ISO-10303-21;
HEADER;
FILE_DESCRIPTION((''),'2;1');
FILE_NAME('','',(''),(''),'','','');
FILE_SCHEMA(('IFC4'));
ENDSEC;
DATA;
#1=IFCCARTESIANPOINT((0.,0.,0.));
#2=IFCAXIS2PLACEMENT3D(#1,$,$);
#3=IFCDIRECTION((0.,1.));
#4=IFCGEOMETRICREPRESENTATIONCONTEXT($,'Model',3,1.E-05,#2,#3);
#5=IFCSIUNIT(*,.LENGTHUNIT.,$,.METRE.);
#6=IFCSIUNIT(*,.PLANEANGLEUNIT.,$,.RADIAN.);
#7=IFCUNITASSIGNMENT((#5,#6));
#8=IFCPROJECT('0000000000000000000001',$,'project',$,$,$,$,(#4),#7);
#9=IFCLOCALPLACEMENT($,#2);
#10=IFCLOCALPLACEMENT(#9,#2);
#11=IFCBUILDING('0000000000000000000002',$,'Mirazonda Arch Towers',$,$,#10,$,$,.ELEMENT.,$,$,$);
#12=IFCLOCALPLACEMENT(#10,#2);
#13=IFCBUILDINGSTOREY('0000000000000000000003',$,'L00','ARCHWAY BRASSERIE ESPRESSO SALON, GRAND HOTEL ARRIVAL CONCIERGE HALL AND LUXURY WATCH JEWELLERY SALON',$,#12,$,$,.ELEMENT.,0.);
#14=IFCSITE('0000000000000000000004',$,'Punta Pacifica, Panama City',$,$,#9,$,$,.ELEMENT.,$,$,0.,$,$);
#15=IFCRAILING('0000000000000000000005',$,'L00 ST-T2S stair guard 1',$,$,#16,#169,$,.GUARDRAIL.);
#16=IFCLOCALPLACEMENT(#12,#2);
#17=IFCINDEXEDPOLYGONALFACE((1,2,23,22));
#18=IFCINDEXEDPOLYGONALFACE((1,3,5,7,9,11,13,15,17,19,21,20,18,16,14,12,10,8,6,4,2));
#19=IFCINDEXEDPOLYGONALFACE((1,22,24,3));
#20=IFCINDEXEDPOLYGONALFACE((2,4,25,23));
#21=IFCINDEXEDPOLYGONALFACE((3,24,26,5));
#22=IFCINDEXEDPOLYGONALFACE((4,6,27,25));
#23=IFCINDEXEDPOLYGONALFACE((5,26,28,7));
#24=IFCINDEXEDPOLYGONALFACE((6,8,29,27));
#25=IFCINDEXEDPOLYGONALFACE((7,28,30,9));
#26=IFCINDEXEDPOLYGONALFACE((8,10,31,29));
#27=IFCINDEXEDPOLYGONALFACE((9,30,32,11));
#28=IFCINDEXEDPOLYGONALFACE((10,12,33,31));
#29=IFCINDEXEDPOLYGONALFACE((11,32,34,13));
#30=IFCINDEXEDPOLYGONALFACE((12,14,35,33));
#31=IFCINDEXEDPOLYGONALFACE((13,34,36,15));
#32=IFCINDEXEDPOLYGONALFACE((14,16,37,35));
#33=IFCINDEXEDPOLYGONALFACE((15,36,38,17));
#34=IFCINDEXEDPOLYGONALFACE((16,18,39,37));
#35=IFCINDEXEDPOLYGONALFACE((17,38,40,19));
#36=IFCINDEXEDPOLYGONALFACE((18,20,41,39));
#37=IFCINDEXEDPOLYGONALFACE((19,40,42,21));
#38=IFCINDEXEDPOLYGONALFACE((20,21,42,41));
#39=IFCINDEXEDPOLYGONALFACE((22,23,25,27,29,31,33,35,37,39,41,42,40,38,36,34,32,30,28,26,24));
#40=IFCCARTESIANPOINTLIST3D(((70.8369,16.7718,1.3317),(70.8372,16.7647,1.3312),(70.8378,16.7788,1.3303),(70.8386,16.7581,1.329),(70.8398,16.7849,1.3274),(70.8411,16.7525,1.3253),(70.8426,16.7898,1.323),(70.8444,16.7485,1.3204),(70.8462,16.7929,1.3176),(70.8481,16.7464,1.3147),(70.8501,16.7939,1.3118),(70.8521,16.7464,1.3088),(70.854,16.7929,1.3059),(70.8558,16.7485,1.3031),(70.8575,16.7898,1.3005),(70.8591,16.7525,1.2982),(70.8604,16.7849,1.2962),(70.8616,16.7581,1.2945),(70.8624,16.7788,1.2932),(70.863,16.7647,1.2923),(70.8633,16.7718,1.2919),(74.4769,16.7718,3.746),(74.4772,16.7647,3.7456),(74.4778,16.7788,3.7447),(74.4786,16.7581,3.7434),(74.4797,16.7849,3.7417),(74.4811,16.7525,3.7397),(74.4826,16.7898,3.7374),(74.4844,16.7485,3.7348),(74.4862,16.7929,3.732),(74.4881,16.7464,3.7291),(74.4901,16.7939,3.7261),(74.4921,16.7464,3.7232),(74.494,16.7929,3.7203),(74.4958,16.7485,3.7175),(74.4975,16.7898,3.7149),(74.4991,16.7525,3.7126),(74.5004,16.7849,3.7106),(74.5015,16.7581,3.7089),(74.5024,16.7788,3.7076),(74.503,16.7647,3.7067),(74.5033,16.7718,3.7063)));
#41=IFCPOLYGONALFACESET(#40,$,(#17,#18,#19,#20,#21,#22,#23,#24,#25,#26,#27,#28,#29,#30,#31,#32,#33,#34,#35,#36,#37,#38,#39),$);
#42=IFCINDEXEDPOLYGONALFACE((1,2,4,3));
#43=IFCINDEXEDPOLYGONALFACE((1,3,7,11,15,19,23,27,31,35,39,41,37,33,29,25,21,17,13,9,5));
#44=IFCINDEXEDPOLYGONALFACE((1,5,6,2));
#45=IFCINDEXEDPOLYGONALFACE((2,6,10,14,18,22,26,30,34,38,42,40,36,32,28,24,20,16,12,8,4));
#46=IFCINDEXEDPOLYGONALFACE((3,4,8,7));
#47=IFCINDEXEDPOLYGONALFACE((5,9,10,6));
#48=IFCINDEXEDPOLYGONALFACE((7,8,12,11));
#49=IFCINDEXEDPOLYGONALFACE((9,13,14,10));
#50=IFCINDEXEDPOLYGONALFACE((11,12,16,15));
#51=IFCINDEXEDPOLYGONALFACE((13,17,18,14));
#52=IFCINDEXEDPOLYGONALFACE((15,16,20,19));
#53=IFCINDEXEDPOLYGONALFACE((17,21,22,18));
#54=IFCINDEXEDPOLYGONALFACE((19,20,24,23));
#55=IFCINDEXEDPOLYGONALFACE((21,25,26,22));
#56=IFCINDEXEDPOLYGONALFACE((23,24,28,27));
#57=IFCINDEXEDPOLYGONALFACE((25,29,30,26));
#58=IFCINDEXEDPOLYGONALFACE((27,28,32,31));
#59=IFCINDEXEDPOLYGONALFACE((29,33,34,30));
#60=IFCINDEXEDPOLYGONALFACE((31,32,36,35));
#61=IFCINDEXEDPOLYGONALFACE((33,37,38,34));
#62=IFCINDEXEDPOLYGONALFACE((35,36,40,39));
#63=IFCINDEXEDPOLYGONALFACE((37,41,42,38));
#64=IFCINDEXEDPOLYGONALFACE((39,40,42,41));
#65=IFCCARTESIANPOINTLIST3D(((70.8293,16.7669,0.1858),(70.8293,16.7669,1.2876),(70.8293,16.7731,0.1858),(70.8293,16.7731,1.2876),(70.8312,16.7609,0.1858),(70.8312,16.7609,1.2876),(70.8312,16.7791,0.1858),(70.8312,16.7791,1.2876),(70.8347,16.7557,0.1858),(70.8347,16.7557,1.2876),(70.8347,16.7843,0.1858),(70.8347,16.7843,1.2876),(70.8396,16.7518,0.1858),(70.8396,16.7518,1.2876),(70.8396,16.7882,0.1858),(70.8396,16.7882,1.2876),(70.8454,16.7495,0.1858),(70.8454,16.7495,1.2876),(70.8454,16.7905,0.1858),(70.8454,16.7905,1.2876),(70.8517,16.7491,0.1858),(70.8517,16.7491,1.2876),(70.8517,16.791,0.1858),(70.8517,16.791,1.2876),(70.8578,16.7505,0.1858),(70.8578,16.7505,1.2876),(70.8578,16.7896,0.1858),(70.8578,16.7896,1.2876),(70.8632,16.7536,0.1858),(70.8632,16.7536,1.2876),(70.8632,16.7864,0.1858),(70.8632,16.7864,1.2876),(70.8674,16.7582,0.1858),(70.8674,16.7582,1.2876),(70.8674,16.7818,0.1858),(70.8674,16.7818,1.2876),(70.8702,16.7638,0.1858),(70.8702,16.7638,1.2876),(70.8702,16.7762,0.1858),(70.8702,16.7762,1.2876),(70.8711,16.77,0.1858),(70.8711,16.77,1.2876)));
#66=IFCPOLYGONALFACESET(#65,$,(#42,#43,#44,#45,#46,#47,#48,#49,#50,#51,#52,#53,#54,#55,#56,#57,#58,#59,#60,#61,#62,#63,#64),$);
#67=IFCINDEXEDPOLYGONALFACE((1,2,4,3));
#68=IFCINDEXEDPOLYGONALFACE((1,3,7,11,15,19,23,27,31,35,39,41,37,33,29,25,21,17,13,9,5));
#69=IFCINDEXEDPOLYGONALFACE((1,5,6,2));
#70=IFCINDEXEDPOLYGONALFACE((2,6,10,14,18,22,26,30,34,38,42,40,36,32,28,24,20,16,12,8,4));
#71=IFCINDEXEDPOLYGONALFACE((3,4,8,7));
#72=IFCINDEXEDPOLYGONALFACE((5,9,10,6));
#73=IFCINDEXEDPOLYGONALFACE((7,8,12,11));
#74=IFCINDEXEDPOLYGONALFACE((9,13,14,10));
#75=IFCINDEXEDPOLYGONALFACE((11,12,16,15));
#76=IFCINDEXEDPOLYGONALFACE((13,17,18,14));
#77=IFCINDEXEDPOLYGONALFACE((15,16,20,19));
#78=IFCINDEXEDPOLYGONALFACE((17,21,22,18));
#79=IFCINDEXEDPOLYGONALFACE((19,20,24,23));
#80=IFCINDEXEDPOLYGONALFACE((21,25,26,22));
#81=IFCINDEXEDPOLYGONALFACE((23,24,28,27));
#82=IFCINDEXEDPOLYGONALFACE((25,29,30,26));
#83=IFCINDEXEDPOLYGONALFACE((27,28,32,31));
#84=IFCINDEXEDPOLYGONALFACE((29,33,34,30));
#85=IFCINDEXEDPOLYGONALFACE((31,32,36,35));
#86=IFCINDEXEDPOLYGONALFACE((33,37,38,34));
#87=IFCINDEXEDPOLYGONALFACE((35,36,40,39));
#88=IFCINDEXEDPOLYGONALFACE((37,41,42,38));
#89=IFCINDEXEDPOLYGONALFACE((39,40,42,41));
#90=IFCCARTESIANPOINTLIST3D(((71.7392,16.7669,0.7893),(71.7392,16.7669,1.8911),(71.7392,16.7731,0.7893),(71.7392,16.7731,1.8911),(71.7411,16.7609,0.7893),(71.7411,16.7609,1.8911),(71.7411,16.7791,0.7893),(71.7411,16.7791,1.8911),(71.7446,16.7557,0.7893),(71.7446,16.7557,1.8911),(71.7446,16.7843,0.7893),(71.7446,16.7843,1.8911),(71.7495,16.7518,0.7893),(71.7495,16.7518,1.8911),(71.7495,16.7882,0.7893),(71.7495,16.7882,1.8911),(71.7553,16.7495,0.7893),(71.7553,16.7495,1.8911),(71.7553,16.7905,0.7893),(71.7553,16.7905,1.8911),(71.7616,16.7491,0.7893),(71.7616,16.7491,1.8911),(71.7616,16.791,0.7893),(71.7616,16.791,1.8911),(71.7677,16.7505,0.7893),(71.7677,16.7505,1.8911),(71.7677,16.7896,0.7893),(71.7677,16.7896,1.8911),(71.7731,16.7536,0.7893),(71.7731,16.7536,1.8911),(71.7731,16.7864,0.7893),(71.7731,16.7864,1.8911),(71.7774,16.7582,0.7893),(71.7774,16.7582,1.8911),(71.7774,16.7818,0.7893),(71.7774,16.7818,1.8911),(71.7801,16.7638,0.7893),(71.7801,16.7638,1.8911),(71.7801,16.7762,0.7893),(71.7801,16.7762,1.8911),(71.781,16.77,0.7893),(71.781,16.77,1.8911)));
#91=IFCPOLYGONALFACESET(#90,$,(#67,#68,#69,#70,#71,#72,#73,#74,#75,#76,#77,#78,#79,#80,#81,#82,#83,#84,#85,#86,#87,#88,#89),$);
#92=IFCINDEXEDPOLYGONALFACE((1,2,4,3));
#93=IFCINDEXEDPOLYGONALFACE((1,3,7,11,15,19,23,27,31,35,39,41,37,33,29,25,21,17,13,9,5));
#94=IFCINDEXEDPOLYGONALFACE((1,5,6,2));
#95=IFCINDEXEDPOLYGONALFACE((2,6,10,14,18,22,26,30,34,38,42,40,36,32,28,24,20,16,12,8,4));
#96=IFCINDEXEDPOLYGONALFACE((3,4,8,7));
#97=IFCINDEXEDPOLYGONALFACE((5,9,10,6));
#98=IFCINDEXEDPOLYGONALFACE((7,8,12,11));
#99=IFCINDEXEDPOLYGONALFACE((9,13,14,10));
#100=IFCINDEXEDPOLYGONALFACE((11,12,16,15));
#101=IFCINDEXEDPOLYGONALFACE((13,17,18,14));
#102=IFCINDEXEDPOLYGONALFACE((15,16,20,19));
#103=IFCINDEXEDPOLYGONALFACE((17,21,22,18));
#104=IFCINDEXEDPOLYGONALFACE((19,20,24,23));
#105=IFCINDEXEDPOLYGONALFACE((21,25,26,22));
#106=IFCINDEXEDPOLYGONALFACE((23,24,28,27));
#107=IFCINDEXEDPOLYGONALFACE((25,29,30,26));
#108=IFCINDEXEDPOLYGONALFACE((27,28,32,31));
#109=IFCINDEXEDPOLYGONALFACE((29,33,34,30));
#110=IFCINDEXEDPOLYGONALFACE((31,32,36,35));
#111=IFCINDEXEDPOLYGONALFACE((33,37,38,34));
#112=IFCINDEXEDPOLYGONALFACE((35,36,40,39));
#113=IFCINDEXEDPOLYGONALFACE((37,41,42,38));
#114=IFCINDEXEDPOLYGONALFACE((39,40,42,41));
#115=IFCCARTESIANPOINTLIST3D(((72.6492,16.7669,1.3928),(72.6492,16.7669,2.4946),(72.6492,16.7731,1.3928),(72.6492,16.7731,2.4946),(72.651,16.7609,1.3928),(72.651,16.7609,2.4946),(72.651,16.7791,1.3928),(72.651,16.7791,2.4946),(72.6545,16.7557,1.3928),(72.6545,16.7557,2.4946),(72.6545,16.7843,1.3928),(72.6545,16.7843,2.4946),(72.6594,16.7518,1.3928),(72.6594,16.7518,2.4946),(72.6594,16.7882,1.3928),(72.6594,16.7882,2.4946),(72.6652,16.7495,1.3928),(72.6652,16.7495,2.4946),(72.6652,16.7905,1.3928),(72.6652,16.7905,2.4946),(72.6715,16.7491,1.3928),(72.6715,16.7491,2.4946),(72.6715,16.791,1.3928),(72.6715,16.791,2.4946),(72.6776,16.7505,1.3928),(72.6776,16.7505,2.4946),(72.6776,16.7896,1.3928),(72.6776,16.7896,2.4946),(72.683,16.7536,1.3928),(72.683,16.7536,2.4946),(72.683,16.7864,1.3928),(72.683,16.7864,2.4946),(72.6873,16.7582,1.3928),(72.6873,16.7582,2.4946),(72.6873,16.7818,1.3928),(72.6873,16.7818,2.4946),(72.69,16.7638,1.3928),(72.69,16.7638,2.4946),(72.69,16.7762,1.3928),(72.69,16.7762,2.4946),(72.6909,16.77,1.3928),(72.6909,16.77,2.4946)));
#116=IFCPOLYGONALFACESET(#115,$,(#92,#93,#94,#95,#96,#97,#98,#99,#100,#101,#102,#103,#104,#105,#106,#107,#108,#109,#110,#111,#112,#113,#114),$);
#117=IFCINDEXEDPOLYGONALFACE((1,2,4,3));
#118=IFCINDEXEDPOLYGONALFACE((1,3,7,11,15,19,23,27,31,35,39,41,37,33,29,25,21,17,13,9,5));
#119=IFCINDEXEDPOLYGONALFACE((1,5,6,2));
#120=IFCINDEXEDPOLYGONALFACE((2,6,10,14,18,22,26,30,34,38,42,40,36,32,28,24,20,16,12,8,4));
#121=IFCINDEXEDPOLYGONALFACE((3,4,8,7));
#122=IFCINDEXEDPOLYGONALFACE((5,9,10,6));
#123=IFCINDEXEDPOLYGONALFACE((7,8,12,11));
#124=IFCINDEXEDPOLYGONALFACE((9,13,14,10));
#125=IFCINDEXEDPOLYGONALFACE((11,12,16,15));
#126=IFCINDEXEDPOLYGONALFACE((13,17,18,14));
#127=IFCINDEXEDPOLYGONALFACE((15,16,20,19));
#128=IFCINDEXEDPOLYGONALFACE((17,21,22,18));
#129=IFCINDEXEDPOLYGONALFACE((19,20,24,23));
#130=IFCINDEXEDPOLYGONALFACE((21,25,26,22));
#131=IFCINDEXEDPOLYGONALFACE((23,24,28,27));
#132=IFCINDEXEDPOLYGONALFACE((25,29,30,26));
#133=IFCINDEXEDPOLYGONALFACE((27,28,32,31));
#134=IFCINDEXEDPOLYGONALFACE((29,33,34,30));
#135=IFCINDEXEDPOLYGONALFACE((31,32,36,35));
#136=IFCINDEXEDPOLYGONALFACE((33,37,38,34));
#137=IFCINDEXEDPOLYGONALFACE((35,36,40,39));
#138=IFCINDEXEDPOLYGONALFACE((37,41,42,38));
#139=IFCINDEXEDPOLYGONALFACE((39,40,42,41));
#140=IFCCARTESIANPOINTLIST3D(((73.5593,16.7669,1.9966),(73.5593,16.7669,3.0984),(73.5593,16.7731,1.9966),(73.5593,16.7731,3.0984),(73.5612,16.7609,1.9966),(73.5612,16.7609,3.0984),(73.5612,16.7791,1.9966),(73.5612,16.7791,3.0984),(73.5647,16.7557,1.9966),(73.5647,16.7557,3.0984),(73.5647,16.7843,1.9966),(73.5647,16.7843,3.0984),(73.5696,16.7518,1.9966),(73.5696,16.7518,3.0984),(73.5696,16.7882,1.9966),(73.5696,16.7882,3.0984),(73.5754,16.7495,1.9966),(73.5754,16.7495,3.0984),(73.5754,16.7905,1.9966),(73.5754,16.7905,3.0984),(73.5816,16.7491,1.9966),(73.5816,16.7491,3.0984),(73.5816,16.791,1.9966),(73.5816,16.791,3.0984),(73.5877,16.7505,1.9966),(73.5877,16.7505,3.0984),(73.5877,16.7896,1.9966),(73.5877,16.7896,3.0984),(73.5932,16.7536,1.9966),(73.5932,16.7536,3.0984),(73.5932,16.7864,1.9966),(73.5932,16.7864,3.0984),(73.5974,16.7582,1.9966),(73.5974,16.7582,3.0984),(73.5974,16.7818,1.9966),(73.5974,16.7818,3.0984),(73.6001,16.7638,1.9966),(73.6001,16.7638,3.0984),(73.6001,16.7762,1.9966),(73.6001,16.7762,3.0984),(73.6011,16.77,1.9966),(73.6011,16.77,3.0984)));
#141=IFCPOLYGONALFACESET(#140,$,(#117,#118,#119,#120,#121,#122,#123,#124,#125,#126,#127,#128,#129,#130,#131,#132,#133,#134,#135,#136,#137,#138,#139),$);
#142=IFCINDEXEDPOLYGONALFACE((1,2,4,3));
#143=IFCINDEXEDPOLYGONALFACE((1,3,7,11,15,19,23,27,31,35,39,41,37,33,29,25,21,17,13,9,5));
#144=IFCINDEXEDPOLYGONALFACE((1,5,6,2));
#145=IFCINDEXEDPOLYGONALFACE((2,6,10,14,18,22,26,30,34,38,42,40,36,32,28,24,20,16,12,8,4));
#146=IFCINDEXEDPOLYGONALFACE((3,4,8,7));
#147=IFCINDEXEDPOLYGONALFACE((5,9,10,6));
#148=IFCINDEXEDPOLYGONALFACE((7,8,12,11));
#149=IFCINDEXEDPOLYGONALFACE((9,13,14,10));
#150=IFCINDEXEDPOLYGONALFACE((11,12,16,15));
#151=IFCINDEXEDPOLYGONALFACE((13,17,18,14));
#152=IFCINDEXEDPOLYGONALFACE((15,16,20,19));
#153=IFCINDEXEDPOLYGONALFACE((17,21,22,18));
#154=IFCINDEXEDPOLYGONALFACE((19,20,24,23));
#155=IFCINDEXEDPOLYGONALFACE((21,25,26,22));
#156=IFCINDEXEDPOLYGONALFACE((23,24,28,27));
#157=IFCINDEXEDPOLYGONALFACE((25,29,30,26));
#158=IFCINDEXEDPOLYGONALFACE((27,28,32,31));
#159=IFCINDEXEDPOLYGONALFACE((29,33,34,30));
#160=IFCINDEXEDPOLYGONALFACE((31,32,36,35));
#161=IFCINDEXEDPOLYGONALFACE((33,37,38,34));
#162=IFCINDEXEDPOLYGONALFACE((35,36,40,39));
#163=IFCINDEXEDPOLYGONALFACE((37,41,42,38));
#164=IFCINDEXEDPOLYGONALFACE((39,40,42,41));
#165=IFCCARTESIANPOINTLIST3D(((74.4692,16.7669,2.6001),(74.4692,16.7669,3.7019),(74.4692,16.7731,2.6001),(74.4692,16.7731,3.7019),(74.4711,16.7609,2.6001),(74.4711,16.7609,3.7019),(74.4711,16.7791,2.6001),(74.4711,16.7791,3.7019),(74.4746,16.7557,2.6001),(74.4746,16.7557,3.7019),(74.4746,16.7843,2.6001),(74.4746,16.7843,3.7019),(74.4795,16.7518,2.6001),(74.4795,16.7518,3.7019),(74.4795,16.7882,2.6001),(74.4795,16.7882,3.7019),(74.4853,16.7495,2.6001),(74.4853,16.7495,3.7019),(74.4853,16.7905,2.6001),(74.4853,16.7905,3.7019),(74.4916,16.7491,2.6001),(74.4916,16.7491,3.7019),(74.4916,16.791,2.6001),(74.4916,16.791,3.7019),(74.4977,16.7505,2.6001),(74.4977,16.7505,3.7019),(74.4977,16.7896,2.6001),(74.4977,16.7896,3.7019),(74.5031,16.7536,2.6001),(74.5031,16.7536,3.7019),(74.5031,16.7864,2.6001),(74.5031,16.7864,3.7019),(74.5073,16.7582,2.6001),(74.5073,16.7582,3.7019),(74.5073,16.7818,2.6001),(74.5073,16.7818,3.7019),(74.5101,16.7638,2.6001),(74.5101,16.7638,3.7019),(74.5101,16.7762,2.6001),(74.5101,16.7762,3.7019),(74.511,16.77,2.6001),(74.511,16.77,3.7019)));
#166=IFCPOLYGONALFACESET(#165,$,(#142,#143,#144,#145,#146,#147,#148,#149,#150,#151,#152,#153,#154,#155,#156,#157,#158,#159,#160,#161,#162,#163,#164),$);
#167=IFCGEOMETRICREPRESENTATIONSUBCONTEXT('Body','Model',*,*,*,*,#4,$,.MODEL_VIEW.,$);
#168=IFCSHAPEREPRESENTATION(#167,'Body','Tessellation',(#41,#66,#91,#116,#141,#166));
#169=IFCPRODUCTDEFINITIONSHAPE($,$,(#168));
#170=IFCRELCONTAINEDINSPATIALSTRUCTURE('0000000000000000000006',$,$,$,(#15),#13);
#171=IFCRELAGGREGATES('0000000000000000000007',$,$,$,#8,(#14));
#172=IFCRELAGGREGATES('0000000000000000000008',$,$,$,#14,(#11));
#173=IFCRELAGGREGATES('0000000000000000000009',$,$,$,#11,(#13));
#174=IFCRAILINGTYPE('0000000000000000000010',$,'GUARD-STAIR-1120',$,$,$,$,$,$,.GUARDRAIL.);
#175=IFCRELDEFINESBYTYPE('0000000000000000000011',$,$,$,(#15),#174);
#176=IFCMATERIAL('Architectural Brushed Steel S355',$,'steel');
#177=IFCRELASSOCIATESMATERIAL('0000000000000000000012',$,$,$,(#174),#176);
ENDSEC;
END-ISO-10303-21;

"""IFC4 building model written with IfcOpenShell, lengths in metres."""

from ifc_helpers import new_model, si_unit, direction, frame, origin, origin_2d, place, context, subcontext, project, spatial, circle, extrude, material, type_object, element, save


model = new_model("IFC4")

# Units and contexts
model_context = context("Model", 3, precision=1e-05, world=origin(), true_north=direction((0.0, 1.0)))
body_context = subcontext(model_context, "Body", "Model", "MODEL_VIEW")
ifc_project = project(units=[si_unit("LENGTHUNIT", "METRE"), si_unit("PLANEANGLEUNIT", "RADIAN")], contexts=[model_context])

# Site, building, storey
site_placement = place(None, origin())
site = spatial("IfcSite", under=ifc_project, at=site_placement, Name="Punta Pacifica, Panama City", CompositionType="ELEMENT", RefElevation=0.0)
building_placement = place(site_placement, origin())
building = spatial("IfcBuilding", under=site, at=building_placement, Name="Mirazonda Arch Towers", CompositionType="ELEMENT")
storey_placement = place(building_placement, origin())
storey = spatial("IfcBuildingStorey", under=building, at=storey_placement, Name="L00", Description="ARCHWAY BRASSERIE ESPRESSO SALON, GRAND HOTEL ARRIVAL CONCIERGE HALL AND LUXURY WATCH JEWELLERY SALON", CompositionType="ELEMENT", Elevation=0.0)

# Shared definitions
ifc_material_1 = material(Name="Architectural Brushed Steel S355", Category="steel")

# Railing
railing_type_1 = type_object("IfcRailingType", Name="GUARD-STAIR-1120", PredefinedType="GUARDRAIL", material=ifc_material_1)
railing_1_placement = place(storey_placement, frame((70.8501, 16.77, 0.1858)))
element("IfcRailing", 1, at=railing_1_placement, inside=storey, type_object=railing_type_1, Name="L00 ST-T2S stair guard 1", PredefinedType="GUARDRAIL", context=body_context, shape_type="SweptSolid", body=[
    extrude(circle(Radius=0.0239, at=origin_2d()), frame((0.0, 0.0, 1.126), z_axis=(0.833347, 0.0, 0.552751), x_axis=(0.0, 1.0, 0.0)), (0.0, 0.0, 1.0), 4.3679),
    extrude(circle(Radius=0.021, at=origin_2d()), origin(), (0.0, 0.0, 1.0), 1.1018),
    extrude(circle(Radius=0.021, at=origin_2d()), frame((0.9099, 0.0, 0.6035)), (0.0, 0.0, 1.0), 1.1018),
    extrude(circle(Radius=0.021, at=origin_2d()), frame((1.8198, 0.0, 1.207)), (0.0, 0.0, 1.0), 1.1018),
    extrude(circle(Radius=0.021, at=origin_2d()), frame((2.73, 0.0, 1.8108)), (0.0, 0.0, 1.0), 1.1018),
    extrude(circle(Radius=0.021, at=origin_2d()), frame((3.6399, 0.0, 2.4143)), (0.0, 0.0, 1.0), 1.1018),
])

save(model, "model.ifc")
